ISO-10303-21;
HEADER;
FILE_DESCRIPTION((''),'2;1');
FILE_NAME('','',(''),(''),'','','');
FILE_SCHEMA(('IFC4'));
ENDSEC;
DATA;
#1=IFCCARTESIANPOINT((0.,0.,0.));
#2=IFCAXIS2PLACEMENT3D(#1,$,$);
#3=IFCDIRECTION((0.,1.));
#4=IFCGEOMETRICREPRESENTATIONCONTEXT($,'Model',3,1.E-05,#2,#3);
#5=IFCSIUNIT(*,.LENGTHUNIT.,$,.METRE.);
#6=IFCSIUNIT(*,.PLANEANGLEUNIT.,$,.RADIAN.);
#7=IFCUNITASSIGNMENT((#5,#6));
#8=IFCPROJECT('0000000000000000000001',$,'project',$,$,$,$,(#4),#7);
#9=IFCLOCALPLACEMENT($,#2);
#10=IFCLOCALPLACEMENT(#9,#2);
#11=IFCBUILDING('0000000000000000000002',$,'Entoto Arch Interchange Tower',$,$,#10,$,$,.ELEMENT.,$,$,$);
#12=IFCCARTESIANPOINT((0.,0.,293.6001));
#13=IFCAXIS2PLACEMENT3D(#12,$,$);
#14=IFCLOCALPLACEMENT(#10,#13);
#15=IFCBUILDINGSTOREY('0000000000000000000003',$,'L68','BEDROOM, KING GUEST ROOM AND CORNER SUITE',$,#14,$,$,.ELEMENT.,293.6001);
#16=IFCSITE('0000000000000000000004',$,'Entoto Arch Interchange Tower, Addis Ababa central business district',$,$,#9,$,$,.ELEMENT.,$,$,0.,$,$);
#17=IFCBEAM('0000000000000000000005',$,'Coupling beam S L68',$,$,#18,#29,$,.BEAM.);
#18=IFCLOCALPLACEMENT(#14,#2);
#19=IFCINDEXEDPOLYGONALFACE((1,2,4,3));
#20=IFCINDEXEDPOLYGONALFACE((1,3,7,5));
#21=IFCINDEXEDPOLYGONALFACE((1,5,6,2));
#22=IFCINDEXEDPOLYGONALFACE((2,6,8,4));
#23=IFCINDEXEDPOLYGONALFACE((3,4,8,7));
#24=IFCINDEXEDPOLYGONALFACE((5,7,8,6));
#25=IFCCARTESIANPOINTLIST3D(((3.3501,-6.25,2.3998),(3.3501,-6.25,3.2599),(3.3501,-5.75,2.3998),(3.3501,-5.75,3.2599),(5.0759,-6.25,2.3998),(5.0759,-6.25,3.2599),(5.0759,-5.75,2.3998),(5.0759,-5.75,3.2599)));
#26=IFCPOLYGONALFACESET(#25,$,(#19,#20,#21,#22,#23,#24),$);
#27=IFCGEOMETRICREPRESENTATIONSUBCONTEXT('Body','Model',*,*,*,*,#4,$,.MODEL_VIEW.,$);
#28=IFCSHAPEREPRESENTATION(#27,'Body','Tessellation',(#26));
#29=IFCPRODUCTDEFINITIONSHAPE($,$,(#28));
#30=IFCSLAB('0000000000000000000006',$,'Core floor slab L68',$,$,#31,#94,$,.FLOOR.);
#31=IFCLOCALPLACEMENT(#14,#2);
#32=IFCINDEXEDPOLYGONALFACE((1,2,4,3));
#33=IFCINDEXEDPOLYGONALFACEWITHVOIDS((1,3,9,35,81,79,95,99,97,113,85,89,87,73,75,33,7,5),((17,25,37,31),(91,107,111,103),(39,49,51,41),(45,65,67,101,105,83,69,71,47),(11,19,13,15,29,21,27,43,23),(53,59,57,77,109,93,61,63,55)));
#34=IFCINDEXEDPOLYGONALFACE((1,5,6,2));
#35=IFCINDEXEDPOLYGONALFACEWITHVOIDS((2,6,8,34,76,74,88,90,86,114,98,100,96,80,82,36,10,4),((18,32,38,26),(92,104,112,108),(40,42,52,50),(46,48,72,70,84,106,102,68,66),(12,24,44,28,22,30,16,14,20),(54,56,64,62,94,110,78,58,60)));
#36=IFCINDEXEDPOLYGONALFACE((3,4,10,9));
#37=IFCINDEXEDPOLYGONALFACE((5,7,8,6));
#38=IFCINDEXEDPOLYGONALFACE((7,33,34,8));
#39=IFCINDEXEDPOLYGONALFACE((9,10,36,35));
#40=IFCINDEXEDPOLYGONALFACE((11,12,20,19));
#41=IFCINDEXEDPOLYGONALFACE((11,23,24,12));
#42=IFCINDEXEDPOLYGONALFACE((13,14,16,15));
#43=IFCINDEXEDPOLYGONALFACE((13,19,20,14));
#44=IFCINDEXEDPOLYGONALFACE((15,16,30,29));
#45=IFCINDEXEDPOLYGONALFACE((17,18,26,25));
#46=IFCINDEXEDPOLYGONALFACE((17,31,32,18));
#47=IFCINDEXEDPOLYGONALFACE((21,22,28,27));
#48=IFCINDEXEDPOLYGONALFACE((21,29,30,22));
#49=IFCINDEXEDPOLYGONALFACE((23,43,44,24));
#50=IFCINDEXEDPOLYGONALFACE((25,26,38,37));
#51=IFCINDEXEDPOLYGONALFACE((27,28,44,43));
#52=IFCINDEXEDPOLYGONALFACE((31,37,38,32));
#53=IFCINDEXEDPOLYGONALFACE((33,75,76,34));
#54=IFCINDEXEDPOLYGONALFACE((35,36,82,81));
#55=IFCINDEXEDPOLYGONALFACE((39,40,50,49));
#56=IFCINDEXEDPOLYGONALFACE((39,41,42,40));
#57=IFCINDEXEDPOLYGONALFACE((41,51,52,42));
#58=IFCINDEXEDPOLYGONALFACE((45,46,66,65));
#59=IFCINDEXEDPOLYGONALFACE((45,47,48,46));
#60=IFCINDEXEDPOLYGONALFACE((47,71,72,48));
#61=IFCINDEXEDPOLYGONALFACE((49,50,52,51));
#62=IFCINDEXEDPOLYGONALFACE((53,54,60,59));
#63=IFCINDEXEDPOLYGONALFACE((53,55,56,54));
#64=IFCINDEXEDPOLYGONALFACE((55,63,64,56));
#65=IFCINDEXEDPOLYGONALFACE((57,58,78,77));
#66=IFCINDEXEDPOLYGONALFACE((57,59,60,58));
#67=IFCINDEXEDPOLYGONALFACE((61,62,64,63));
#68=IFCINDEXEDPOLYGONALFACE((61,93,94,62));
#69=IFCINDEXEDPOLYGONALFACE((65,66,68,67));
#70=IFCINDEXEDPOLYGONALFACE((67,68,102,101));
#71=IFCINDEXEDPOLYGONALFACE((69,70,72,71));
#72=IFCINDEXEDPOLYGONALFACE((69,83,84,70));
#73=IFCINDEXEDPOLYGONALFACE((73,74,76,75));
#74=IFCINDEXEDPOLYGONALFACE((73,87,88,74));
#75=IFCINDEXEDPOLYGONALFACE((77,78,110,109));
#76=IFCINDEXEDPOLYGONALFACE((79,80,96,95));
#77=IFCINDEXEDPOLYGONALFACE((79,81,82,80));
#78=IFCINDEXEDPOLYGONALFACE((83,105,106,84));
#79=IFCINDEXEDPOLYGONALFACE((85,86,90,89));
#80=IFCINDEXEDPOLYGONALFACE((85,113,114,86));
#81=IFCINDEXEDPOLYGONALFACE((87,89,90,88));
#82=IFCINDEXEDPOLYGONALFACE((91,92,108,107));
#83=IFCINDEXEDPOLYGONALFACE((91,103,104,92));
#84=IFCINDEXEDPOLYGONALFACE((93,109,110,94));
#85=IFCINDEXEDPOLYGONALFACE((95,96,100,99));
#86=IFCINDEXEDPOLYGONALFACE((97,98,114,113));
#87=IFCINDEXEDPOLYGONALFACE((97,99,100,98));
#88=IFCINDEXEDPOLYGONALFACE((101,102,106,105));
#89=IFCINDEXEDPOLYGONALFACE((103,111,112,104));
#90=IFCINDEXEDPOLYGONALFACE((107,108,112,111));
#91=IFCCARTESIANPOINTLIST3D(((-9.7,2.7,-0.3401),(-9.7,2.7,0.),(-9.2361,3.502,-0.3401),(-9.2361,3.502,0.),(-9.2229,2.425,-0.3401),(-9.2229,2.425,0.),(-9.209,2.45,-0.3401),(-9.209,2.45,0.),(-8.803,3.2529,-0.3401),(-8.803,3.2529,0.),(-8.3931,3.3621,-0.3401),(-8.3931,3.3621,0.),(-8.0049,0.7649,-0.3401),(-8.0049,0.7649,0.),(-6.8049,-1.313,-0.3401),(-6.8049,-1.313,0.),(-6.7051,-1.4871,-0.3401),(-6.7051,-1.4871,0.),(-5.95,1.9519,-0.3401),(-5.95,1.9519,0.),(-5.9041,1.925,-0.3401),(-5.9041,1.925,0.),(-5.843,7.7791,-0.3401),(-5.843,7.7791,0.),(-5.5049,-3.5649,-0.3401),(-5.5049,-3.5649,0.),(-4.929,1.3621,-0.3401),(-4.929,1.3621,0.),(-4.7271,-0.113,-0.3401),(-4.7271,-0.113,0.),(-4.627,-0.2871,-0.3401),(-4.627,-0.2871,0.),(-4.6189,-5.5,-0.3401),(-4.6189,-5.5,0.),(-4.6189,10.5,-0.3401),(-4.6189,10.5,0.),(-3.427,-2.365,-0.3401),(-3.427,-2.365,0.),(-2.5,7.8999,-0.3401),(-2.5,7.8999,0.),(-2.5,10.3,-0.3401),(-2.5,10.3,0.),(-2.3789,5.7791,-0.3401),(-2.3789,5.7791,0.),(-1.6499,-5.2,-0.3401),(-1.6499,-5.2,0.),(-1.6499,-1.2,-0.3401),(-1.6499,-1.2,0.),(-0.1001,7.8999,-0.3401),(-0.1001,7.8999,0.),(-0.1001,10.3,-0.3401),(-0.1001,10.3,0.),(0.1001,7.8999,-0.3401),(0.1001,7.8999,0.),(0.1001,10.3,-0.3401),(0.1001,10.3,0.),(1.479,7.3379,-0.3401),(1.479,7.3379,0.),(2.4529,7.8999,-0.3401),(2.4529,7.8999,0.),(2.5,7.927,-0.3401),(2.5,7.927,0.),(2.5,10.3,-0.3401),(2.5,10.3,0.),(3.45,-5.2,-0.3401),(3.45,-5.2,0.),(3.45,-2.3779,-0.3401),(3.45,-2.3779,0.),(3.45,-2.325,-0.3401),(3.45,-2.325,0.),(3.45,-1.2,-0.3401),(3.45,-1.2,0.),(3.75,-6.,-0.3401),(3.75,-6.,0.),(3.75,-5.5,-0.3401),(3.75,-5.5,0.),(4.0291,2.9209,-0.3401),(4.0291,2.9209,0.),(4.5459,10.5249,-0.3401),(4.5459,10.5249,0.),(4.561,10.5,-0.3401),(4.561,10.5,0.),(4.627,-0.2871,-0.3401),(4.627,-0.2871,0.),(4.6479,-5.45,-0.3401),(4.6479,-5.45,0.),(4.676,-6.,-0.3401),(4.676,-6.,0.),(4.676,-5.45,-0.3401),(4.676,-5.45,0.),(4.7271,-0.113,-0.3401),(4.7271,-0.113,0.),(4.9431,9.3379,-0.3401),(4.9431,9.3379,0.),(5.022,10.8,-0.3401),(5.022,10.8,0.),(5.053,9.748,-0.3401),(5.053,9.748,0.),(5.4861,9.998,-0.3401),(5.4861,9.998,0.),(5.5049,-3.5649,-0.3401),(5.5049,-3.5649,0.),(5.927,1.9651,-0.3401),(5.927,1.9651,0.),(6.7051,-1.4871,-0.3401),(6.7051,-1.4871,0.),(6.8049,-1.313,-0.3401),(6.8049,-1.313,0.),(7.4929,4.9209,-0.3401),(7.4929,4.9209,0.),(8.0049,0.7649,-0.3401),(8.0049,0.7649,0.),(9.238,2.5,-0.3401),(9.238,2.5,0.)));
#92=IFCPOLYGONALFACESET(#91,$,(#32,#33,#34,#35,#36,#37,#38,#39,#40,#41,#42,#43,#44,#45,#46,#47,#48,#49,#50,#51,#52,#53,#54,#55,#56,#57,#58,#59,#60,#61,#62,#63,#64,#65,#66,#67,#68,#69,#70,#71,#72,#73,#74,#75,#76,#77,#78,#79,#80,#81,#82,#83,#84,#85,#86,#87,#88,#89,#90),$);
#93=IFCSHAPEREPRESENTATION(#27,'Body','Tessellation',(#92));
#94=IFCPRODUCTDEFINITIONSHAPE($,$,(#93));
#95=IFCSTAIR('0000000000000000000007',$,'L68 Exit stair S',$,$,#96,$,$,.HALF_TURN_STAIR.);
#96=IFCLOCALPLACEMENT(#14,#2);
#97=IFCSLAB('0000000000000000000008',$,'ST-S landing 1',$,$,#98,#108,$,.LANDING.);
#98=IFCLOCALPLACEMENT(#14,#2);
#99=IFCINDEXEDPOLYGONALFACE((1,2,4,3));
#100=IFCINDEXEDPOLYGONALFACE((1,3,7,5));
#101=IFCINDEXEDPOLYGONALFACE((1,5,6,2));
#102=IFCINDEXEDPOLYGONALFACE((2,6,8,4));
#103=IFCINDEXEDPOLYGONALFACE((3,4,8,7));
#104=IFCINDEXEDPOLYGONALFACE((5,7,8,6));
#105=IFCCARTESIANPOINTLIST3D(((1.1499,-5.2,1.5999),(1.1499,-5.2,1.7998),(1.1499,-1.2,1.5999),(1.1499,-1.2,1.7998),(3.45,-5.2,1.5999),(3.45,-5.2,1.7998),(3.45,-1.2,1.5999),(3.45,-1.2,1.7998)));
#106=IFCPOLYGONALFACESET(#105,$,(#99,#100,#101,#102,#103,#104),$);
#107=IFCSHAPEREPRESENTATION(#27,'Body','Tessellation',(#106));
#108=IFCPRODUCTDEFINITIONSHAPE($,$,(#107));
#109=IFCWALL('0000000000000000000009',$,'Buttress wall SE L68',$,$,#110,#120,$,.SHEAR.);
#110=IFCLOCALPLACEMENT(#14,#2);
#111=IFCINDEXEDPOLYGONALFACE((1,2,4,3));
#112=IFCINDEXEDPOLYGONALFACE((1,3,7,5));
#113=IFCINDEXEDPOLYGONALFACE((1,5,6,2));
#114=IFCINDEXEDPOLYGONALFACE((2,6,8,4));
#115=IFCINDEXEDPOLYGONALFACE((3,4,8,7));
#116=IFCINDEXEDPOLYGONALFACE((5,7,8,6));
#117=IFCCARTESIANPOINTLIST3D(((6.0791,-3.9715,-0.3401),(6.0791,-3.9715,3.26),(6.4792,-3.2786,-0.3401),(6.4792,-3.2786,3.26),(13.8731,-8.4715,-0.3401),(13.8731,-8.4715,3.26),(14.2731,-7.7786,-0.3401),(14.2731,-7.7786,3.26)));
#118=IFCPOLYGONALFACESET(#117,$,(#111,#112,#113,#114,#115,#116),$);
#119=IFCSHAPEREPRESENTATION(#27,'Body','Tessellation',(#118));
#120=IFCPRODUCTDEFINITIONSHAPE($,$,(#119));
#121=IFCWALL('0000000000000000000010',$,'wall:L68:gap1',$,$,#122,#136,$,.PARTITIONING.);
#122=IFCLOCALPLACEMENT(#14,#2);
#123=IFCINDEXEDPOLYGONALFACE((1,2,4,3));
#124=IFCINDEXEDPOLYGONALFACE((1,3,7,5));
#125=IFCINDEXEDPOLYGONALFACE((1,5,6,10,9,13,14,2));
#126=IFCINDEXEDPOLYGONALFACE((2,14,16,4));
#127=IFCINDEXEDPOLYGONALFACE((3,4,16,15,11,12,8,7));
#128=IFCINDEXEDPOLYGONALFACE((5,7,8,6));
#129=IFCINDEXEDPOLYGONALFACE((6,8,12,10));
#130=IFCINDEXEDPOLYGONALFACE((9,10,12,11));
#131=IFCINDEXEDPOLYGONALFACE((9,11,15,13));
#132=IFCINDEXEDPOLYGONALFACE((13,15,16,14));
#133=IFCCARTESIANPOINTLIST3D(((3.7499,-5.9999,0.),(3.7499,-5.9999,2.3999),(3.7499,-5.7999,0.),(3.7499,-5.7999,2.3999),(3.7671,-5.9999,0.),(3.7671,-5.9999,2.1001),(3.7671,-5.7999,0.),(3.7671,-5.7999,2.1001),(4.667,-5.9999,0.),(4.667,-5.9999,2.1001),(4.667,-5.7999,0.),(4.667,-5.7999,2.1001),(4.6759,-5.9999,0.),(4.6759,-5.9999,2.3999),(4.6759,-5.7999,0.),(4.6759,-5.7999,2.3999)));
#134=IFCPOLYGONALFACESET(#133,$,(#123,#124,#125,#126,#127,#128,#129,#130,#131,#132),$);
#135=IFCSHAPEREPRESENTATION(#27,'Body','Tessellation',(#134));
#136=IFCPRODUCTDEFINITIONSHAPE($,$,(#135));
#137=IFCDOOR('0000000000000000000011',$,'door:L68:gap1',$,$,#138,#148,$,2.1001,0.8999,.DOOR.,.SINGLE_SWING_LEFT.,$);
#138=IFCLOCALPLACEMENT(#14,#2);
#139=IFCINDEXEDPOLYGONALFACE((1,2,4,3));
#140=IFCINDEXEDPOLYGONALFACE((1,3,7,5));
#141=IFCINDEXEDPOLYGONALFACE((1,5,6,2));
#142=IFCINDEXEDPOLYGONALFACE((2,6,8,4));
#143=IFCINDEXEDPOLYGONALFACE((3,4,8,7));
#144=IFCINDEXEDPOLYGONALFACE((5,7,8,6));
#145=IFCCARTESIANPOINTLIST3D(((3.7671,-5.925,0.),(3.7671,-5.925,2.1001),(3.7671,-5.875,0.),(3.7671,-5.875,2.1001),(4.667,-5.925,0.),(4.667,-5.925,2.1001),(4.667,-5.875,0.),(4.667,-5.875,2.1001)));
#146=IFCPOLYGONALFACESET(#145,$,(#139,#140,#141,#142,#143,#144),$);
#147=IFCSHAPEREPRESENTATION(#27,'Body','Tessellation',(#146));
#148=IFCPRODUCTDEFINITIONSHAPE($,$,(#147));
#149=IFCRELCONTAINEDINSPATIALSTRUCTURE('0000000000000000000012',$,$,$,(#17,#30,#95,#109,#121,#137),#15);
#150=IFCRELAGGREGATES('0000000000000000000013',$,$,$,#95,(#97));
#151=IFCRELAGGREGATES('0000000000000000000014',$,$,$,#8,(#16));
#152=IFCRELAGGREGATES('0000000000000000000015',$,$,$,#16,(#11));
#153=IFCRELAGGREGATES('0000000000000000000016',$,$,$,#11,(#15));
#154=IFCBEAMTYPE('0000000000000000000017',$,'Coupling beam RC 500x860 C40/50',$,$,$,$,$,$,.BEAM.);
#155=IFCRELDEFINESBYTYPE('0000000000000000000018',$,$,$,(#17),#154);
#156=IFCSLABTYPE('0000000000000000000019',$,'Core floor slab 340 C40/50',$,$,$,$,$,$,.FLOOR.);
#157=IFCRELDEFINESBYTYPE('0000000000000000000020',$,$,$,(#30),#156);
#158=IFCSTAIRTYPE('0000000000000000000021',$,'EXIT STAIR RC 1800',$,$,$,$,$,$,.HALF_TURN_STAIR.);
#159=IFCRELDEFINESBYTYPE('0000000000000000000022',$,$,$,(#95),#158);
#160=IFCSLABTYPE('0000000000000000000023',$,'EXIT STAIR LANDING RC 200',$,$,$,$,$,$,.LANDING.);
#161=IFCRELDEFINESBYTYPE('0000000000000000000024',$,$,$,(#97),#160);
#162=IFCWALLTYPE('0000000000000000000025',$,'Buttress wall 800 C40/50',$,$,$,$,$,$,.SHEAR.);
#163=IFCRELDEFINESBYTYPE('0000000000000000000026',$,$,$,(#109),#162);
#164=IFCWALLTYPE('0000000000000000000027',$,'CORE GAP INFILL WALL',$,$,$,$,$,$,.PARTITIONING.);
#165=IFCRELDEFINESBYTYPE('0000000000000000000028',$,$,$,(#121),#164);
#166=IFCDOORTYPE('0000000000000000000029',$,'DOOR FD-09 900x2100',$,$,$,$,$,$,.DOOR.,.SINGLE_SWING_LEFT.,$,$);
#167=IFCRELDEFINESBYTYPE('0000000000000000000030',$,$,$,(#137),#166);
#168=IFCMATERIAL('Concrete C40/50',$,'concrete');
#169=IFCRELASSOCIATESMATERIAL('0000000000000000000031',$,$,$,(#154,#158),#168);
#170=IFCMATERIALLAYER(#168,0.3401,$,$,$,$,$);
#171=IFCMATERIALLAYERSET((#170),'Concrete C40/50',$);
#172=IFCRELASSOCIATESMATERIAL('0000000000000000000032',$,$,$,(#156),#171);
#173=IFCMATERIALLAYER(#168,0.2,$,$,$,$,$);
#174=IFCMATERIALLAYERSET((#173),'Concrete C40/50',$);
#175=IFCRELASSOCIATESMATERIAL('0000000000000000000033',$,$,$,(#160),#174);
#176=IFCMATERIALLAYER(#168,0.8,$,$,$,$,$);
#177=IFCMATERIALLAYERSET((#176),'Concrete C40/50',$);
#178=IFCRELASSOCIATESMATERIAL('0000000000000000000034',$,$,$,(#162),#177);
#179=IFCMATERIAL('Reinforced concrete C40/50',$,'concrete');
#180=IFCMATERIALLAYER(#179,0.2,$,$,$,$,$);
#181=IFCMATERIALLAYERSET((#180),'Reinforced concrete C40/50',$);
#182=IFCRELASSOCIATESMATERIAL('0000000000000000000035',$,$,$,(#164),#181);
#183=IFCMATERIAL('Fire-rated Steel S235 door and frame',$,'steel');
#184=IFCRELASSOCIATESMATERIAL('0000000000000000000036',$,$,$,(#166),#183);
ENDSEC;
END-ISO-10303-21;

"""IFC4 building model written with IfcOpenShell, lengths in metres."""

from ifc_helpers import new_model, si_unit, direction, frame, frame_2d, origin, origin_2d, place, context, subcontext, project, spatial, polyline, rectangle, outline, extrude, material, layer, layer_set, material_profile, profile_set, type_object, element, fill, aggregate, save


model = new_model("IFC4")

# Units and contexts
model_context = context("Model", 3, precision=1e-05, world=origin(), true_north=direction((0.0, 1.0)))
body_context = subcontext(model_context, "Body", "Model", "MODEL_VIEW")
ifc_project = project(units=[si_unit("LENGTHUNIT", "METRE"), si_unit("PLANEANGLEUNIT", "RADIAN")], contexts=[model_context])

# Site, building, storey
site_placement = place(None, origin())
site = spatial("IfcSite", under=ifc_project, at=site_placement, Name="Entoto Arch Interchange Tower, Addis Ababa central business district", CompositionType="ELEMENT", RefElevation=0.0)
building_placement = place(site_placement, origin())
building = spatial("IfcBuilding", under=site, at=building_placement, Name="Entoto Arch Interchange Tower", CompositionType="ELEMENT")
storey_placement = place(building_placement, frame((0.0, 0.0, 293.6001)))
storey = spatial("IfcBuildingStorey", under=building, at=storey_placement, Name="L68", Description="BEDROOM, KING GUEST ROOM AND CORNER SUITE", CompositionType="ELEMENT", Elevation=293.6001)

# Beam
ifc_material_1 = material(Name="Concrete C40/50", Category="concrete")
ifc_material_profile = material_profile(ifc_material_1, rectangle(XDim=0.5, YDim=0.8601, at=origin_2d()))
ifc_profile_set = profile_set([ifc_material_profile], Name="Concrete C40/50")
beam_type = type_object("IfcBeamType", Name="Coupling beam RC 500x860 C40/50", PredefinedType="BEAM", material=ifc_profile_set)
beam_placement = place(storey_placement, frame((3.3501, -6.0, 2.8298), z_axis=(1.0, 0.0, 0.0), x_axis=(0.0, 1.0, 0.0)))
element("IfcBeam", 1, at=beam_placement, inside=storey, type_object=beam_type, Name="Coupling beam S L68", PredefinedType="BEAM", context=body_context, shape_type="SweptSolid", body=[
    extrude(rectangle(XDim=0.5, YDim=0.8601, at=origin_2d()), origin(), (0.0, 0.0, 1.0), 1.7258),
])

# Slab
ifc_layer_1 = layer(ifc_material_1, 0.3401)
ifc_layer_set_1 = layer_set([ifc_layer_1], Name="Concrete C40/50")
slab_type_1 = type_object("IfcSlabType", Name="Core floor slab 340 C40/50", PredefinedType="FLOOR", material=ifc_layer_set_1)
slab_1_placement = place(storey_placement, frame((0.0, 0.0, -0.3401)))
element("IfcSlab", 2, at=slab_1_placement, inside=storey, type_object=slab_type_1, Name="Core floor slab L68", PredefinedType="FLOOR", context=body_context, shape_type="SweptSolid", body=[
    extrude(outline(polyline([(-9.209, 2.45), (-9.2229, 2.425), (-9.7, 2.7), (-9.2361, 3.502), (-8.803, 3.2529), (-4.6189, 10.5), (4.561, 10.5), (4.5459, 10.5249), (5.022, 10.8), (5.4861, 9.998), (5.053, 9.748), (9.238, 2.5), (4.6479, -5.45), (4.676, -5.45), (4.676, -6.0), (3.75, -6.0), (3.75, -5.5), (-4.6189, -5.5), (-9.209, 2.45)]), holes=[polyline([(-1.6499, -5.2), (3.45, -5.2), (3.45, -2.3779), (5.5049, -3.5649), (6.7051, -1.4871), (4.627, -0.2871), (3.45, -2.325), (3.45, -1.2), (-1.6499, -1.2), (-1.6499, -5.2)]), polyline([(-4.627, -0.2871), (-6.7051, -1.4871), (-5.5049, -3.5649), (-3.427, -2.365), (-4.627, -0.2871)]), polyline([(-5.9041, 1.925), (-4.929, 1.3621), (-2.3789, 5.7791), (-5.843, 7.7791), (-8.3931, 3.3621), (-5.95, 1.9519), (-8.0049, 0.7649), (-6.8049, -1.313), (-4.7271, -0.113), (-5.9041, 1.925)]), polyline([(4.7271, -0.113), (6.8049, -1.313), (8.0049, 0.7649), (5.927, 1.9651), (4.7271, -0.113)]), polyline([(2.5, 7.927), (2.5, 10.3), (0.1001, 10.3), (0.1001, 7.8999), (2.4529, 7.8999), (1.479, 7.3379), (4.0291, 2.9209), (7.4929, 4.9209), (4.9431, 9.3379), (2.5, 7.927)]), polyline([(-2.5, 7.8999), (-0.1001, 7.8999), (-0.1001, 10.3), (-2.5, 10.3), (-2.5, 7.8999)])]), origin(), (0.0, 0.0, 1.0), 0.3401),
])

# Stair, slab
stair_type = type_object("IfcStairType", Name="EXIT STAIR RC 1800", PredefinedType="HALF_TURN_STAIR", material=ifc_material_1)
stair_placement = place(storey_placement, origin())
stair = element("IfcStair", 3, at=stair_placement, inside=storey, type_object=stair_type, Name="L68 Exit stair S", PredefinedType="HALF_TURN_STAIR")
ifc_layer_2 = layer(ifc_material_1, 0.2)
ifc_layer_set_2 = layer_set([ifc_layer_2], Name="Concrete C40/50")
slab_type_2 = type_object("IfcSlabType", Name="EXIT STAIR LANDING RC 200", PredefinedType="LANDING", material=ifc_layer_set_2)
slab_2_placement = place(storey_placement, frame((0.0, 0.0, 1.5999)))
slab_2 = element("IfcSlab", 4, at=slab_2_placement, type_object=slab_type_2, Name="ST-S landing 1", PredefinedType="LANDING", context=body_context, shape_type="SweptSolid", body=[
    extrude(outline(polyline([(1.1499, -5.2), (3.45, -5.2), (3.45, -1.2), (1.1499, -1.2), (1.1499, -5.2)])), origin(), (0.0, 0.0, 1.0), 0.2),
])

# Wall
ifc_layer_3 = layer(ifc_material_1, 0.8)
ifc_layer_set_3 = layer_set([ifc_layer_3], Name="Concrete C40/50")
wall_type_1 = type_object("IfcWallType", Name="Buttress wall 800 C40/50", PredefinedType="SHEAR", material=ifc_layer_set_3)
wall_1_placement = place(storey_placement, frame((6.2791, -3.625, -0.3401), z_axis=(0.0, 0.0, 1.0), x_axis=(0.866018, -0.500014, 0.0)))
element("IfcWall", 5, at=wall_1_placement, inside=storey, type_object=wall_type_1, Name="Buttress wall SE L68", PredefinedType="SHEAR", context=body_context, shape_type="SweptSolid", body=[
    extrude(rectangle(XDim=8.9998, YDim=0.8, at=frame_2d((4.5, 0.0))), origin(), (0.0, 0.0, 1.0), 3.6001),
])

# Wall, opening, door
ifc_material_2 = material(Name="Reinforced concrete C40/50", Category="concrete")
ifc_layer_4 = layer(ifc_material_2, 0.2)
ifc_layer_set_4 = layer_set([ifc_layer_4], Name="Reinforced concrete C40/50")
wall_type_2 = type_object("IfcWallType", Name="CORE GAP INFILL WALL", PredefinedType="PARTITIONING", material=ifc_layer_set_4)
wall_2_placement = place(storey_placement, frame((3.75, -5.8999, 0.0), z_axis=(0.0, 0.0, 1.0), x_axis=(1.0, 0.0, 0.0)))
wall_2 = element("IfcWall", 6, at=wall_2_placement, inside=storey, type_object=wall_type_2, Name="wall:L68:gap1", PredefinedType="PARTITIONING", context=body_context, shape_type="SweptSolid", body=[
    extrude(rectangle(XDim=0.926, YDim=0.2, at=frame_2d((0.4629, 0.0))), origin(), (0.0, 0.0, 1.0), 2.3999),
])
opening_1_placement = place(wall_2_placement, frame((0.0171, 0.0, 0.0)))
opening_1 = element("IfcOpeningElement", 7, at=opening_1_placement, cuts=wall_2, PredefinedType="OPENING", context=body_context, shape_type="SweptSolid", body=[
    extrude(rectangle(XDim=0.8999, YDim=2.1001, at=frame_2d((0.45, 1.05))), frame((0.0, 0.1099, 0.0), z_axis=(0.0, -1.0, 0.0), x_axis=(1.0, 0.0, 0.0)), (0.0, 0.0, 1.0), 0.22),
])
ifc_material_3 = material(Name="Fire-rated Steel S235 door and frame", Category="steel")
door_type_1 = type_object("IfcDoorType", Name="DOOR FD-09 900x2100", OperationType="SINGLE_SWING_LEFT", PredefinedType="DOOR", material=ifc_material_3)
door_1_placement = place(opening_1_placement, origin())
door_1 = element("IfcDoor", 8, at=door_1_placement, inside=storey, type_object=door_type_1, Name="door:L68:gap1", OperationType="SINGLE_SWING_LEFT", OverallHeight=2.1001, OverallWidth=0.8999, PredefinedType="DOOR", context=body_context, shape_type="SweptSolid", body=[
    extrude(rectangle(XDim=0.8999, YDim=2.1001, at=frame_2d((0.45, 1.05))), frame((0.0, 0.0249, 0.0), z_axis=(0.0, -1.0, 0.0), x_axis=(1.0, 0.0, 0.0)), (0.0, 0.0, 1.0), 0.05),
])
fill(opening_1, door_1)

aggregate(stair, [slab_2])

save(model, "model.ifc")
